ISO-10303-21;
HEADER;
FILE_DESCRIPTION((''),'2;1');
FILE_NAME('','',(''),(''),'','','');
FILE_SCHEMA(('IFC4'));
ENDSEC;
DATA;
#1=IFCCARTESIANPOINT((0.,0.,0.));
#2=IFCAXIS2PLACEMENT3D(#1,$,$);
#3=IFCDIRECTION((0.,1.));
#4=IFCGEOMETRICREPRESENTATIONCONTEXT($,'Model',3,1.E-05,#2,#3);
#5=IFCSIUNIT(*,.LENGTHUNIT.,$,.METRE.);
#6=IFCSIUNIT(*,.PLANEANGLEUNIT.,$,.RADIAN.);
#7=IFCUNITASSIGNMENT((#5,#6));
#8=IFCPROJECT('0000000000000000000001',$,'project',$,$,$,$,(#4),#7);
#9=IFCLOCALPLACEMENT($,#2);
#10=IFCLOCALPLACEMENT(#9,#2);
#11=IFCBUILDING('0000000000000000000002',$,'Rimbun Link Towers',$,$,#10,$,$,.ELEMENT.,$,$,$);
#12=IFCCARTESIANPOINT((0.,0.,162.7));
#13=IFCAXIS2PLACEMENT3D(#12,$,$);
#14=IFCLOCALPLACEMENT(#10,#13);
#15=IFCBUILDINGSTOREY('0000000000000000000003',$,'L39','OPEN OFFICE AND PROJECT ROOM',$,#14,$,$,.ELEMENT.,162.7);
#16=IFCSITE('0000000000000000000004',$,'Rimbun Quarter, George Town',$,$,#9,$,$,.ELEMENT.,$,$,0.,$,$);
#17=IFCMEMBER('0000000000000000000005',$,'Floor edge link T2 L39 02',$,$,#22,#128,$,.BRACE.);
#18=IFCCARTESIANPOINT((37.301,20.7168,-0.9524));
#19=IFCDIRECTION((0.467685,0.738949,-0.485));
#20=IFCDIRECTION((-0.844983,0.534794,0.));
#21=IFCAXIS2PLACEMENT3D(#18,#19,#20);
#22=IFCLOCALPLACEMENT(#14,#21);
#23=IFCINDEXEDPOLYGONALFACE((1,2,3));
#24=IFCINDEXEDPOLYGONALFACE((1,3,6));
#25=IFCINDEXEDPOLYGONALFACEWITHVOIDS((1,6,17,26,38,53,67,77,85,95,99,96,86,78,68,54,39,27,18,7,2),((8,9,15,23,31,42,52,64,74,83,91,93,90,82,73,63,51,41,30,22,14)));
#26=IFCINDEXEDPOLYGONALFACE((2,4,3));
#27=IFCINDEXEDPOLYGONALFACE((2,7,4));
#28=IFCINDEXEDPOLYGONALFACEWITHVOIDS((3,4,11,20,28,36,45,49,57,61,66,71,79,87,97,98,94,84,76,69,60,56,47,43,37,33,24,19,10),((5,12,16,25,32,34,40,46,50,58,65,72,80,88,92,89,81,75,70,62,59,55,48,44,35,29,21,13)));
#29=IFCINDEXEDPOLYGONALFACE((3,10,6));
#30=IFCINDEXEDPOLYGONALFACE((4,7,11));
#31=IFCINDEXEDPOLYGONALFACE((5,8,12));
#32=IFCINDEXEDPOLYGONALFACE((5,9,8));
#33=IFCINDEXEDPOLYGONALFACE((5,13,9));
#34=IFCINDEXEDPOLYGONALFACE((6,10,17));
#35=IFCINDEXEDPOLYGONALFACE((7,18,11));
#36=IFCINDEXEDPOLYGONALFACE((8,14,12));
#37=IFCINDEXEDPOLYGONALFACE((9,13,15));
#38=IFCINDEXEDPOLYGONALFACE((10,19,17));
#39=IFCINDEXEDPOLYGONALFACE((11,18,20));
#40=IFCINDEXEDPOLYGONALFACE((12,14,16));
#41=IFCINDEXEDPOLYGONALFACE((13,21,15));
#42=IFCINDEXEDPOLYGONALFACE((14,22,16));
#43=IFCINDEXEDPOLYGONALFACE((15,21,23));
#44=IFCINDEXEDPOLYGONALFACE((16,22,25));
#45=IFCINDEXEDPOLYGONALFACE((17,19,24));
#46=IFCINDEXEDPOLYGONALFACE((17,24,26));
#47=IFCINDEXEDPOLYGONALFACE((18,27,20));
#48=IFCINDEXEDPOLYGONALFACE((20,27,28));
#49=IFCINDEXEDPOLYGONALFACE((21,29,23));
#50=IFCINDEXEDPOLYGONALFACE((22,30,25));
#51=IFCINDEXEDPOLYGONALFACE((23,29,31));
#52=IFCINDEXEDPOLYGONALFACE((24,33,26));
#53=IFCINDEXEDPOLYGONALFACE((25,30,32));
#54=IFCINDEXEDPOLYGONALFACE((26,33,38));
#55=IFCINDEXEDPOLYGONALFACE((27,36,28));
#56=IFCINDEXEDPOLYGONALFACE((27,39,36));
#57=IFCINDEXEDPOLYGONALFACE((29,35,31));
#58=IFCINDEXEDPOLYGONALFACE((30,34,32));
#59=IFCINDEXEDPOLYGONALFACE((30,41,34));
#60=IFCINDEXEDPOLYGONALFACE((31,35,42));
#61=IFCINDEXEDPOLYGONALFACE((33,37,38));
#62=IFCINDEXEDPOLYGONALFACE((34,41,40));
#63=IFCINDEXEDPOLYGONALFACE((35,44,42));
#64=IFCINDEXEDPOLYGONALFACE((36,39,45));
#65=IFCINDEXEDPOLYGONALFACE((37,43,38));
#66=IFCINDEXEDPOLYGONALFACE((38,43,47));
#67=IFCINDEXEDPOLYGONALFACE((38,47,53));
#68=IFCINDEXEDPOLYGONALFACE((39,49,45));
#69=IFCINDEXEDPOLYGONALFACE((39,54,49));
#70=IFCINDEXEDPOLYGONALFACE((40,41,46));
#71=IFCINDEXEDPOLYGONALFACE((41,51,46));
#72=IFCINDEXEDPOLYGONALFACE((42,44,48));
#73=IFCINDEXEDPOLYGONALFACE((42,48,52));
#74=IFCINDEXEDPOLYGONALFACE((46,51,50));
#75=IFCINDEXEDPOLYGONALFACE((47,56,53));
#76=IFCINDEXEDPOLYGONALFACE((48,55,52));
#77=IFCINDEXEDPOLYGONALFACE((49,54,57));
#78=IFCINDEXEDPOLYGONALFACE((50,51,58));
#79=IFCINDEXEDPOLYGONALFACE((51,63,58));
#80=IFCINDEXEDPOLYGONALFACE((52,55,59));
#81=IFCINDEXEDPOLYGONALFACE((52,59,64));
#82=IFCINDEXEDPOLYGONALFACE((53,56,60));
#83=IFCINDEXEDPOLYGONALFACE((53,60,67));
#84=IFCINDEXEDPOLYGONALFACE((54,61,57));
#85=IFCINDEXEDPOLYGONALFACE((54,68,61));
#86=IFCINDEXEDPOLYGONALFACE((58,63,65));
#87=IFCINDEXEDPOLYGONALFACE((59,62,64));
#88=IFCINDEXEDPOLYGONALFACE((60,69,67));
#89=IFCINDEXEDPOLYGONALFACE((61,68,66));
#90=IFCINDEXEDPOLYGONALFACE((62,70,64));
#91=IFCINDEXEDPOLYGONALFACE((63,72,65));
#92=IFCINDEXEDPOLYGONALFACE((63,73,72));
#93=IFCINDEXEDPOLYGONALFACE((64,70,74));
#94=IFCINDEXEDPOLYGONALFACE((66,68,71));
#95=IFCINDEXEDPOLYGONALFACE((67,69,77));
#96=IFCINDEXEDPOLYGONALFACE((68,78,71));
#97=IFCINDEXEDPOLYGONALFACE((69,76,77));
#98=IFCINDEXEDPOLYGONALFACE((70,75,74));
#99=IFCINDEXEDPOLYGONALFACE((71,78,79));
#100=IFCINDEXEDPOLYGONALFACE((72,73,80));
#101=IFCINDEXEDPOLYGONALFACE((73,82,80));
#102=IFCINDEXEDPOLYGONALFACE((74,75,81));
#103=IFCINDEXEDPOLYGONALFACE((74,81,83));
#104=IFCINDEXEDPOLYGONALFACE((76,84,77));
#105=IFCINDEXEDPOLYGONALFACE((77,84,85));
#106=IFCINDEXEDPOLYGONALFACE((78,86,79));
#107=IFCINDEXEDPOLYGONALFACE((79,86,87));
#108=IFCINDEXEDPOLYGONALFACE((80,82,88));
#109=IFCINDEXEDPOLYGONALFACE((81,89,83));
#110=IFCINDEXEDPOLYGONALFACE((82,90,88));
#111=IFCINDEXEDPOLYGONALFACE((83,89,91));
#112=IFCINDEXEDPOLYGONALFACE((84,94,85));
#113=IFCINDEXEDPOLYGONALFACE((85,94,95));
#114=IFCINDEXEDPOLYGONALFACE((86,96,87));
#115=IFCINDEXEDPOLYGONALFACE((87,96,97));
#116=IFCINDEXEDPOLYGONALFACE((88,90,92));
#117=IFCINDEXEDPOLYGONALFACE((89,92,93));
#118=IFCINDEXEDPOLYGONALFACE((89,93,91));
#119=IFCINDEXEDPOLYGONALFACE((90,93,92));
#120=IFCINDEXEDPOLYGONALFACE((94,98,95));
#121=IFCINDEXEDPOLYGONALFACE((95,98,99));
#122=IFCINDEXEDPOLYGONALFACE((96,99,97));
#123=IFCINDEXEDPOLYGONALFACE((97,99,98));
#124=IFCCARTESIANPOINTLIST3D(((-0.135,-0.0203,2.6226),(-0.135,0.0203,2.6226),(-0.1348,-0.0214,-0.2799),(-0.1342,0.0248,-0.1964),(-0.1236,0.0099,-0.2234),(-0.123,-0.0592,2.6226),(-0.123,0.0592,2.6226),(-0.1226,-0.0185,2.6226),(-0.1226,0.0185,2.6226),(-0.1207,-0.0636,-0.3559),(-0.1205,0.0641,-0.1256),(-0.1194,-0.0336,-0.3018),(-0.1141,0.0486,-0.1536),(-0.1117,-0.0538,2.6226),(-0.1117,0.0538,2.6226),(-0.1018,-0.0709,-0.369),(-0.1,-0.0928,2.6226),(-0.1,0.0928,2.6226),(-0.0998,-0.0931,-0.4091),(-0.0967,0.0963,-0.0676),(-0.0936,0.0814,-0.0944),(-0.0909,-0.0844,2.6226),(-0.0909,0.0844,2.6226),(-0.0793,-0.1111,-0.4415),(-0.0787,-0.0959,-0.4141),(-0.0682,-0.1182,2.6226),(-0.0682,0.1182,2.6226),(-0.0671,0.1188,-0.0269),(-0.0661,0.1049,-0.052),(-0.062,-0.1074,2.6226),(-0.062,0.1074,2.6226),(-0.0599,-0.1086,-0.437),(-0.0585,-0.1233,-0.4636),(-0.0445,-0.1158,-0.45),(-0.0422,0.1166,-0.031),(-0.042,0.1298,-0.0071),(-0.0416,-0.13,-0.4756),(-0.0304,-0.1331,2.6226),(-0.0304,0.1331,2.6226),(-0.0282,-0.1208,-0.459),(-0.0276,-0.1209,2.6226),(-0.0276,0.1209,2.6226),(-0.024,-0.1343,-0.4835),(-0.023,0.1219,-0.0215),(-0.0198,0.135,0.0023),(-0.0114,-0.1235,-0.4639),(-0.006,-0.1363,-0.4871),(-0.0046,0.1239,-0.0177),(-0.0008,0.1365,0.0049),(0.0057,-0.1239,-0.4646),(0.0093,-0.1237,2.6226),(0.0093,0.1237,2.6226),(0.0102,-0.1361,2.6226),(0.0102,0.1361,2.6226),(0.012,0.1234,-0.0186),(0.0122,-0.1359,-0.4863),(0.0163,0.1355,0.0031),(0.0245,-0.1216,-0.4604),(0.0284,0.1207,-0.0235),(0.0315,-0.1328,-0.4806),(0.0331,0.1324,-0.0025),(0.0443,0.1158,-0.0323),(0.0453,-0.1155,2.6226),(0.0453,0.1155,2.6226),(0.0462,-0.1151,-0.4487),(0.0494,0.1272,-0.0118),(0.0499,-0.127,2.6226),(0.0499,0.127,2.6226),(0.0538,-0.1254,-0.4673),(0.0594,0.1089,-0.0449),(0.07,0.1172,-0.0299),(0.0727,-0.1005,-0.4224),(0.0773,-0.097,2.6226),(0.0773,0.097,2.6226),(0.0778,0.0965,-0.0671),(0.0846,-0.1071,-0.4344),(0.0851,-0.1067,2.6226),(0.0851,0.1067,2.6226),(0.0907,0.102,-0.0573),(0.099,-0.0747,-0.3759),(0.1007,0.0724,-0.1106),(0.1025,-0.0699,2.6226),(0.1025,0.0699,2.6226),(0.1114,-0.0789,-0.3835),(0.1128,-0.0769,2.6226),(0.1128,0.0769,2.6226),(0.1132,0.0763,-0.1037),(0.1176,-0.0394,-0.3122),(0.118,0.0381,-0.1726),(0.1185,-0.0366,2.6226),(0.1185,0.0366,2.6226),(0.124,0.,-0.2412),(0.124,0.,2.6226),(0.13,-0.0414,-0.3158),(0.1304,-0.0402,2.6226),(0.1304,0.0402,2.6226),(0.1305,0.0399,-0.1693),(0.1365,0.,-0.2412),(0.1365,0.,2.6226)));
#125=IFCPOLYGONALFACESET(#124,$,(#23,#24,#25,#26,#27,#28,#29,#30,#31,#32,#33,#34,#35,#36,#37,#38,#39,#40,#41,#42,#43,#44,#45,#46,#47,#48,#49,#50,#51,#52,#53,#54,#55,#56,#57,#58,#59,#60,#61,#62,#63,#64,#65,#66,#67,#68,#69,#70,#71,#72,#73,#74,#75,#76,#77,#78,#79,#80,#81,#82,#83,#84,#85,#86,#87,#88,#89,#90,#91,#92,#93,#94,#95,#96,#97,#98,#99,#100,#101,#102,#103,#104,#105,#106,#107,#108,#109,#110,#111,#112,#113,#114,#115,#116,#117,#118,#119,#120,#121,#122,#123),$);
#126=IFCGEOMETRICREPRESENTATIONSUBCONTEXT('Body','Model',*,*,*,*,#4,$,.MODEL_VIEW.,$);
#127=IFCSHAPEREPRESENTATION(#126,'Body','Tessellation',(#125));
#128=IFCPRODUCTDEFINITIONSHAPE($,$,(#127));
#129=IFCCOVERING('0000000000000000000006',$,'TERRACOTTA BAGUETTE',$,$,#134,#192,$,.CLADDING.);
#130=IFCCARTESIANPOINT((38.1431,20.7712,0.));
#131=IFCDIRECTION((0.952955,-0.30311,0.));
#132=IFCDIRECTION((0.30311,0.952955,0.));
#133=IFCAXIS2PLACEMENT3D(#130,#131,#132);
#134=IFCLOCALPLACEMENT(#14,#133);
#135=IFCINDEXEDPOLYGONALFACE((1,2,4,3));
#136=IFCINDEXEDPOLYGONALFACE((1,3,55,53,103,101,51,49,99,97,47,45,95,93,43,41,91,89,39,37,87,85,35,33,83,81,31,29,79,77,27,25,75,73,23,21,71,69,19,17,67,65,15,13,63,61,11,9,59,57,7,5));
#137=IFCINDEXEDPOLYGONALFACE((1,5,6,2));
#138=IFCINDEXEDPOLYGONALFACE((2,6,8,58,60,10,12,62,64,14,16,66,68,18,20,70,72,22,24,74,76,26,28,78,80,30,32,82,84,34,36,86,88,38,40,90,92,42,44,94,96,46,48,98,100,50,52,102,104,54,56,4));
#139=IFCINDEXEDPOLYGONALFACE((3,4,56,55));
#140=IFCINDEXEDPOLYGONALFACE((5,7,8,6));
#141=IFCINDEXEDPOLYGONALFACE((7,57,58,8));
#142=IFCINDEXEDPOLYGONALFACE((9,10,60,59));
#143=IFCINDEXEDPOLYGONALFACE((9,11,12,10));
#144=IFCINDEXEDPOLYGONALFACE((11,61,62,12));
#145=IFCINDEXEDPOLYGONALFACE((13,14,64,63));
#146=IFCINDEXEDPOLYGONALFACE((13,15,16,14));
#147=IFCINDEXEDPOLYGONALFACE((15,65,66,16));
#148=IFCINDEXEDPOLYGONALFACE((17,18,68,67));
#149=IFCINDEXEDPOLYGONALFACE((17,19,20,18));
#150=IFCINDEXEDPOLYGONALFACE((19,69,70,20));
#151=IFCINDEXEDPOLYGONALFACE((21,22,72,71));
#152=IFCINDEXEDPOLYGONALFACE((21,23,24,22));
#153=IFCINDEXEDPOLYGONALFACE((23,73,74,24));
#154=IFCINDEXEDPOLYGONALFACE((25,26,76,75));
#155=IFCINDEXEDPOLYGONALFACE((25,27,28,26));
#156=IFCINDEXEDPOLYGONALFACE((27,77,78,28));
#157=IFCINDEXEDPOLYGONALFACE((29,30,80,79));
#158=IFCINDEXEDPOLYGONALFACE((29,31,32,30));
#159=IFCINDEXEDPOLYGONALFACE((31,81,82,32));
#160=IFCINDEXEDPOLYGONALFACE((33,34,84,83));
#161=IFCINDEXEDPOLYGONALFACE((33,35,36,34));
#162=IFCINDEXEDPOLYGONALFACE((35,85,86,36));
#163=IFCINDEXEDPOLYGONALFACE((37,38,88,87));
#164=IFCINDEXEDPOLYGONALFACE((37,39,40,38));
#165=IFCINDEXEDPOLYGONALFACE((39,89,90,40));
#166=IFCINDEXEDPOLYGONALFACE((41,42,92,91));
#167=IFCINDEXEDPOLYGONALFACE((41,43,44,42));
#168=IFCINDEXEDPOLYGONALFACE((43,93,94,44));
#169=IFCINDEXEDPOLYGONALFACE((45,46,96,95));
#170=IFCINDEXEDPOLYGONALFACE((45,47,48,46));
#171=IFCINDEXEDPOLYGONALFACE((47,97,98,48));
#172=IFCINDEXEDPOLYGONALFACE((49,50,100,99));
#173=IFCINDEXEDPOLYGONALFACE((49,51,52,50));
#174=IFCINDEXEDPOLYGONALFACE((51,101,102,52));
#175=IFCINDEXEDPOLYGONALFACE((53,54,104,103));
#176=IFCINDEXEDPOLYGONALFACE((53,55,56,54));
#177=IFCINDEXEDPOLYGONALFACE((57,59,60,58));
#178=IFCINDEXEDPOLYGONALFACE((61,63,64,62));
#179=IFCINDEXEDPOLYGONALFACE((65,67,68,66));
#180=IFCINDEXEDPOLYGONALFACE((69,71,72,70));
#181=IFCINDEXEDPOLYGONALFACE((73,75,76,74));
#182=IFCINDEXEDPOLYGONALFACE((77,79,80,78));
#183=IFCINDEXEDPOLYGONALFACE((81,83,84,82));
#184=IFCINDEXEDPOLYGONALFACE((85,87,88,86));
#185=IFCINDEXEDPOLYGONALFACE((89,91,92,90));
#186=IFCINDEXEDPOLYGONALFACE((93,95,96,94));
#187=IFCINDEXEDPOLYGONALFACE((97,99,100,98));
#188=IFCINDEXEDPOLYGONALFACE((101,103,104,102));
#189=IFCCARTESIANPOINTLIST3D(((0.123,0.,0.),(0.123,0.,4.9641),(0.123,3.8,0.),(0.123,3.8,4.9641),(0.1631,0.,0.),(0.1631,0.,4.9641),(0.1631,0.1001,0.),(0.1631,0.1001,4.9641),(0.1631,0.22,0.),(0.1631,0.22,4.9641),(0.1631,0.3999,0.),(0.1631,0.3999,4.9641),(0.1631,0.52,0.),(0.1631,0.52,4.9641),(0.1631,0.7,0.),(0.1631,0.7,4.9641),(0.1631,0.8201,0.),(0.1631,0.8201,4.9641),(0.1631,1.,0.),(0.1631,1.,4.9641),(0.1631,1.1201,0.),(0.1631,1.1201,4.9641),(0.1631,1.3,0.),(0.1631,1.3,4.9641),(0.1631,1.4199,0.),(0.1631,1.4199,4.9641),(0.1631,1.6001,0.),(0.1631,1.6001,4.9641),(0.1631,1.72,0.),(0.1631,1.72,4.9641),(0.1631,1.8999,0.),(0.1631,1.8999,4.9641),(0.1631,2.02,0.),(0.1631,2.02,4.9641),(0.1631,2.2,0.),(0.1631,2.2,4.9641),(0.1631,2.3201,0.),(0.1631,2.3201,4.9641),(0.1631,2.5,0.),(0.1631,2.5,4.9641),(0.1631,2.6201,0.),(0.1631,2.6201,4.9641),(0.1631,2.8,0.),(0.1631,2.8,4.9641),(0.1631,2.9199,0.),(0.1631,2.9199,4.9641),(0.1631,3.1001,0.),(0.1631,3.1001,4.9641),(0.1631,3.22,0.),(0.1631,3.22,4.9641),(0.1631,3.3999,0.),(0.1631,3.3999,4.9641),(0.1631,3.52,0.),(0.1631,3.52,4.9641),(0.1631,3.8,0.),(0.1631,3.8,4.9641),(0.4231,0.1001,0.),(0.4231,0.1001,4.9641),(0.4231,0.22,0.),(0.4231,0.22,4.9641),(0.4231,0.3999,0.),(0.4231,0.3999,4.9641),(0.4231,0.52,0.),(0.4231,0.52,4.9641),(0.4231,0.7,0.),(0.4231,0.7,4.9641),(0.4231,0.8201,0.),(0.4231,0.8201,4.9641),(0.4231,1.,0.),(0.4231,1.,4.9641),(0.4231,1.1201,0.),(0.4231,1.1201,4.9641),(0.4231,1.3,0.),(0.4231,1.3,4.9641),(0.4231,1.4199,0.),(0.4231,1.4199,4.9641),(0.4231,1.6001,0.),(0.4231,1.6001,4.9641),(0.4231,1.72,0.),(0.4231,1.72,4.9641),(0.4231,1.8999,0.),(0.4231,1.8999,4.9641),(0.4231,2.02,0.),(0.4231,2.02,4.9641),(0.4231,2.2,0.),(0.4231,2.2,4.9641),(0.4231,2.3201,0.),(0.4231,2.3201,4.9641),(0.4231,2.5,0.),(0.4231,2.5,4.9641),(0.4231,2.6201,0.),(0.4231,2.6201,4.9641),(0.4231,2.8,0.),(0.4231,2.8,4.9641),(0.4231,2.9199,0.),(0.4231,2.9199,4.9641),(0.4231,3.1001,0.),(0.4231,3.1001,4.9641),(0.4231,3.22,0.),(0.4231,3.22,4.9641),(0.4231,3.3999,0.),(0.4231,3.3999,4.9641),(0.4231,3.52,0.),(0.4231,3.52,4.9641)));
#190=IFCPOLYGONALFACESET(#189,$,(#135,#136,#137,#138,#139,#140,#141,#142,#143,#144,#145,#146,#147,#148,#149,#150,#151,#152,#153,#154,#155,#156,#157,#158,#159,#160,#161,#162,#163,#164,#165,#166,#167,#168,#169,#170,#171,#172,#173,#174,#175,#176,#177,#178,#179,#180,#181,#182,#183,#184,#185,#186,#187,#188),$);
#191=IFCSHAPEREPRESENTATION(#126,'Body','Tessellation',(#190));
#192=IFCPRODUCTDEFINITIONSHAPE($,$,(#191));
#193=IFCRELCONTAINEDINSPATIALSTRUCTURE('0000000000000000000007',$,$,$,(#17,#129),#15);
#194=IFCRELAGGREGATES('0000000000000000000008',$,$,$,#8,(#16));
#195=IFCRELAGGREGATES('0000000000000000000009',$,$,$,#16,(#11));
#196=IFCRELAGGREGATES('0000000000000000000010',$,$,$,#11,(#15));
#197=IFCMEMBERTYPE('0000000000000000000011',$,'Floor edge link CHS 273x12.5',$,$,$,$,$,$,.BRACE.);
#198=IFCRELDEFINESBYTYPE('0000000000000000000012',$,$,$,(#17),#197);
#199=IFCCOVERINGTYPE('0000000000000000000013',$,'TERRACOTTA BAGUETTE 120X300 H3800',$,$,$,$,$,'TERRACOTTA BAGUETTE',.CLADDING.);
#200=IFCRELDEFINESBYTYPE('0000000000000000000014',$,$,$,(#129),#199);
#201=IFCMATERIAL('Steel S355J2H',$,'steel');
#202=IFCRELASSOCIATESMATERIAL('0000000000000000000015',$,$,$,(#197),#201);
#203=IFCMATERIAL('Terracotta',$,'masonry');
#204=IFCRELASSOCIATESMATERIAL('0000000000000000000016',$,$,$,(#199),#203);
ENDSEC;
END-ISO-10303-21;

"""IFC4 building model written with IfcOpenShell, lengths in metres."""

from ifc_helpers import new_model, si_unit, direction, frame, origin, origin_2d, place, context, subcontext, project, spatial, polyline, hollow_circle, outline, extrude, clip, halfspace, material, material_profile, profile_set, type_object, element, save


model = new_model("IFC4")

# Units and contexts
model_context = context("Model", 3, precision=1e-05, world=origin(), true_north=direction((0.0, 1.0)))
body_context = subcontext(model_context, "Body", "Model", "MODEL_VIEW")
ifc_project = project(units=[si_unit("LENGTHUNIT", "METRE"), si_unit("PLANEANGLEUNIT", "RADIAN")], contexts=[model_context])

# Site, building, storey
site_placement = place(None, origin())
site = spatial("IfcSite", under=ifc_project, at=site_placement, Name="Rimbun Quarter, George Town", CompositionType="ELEMENT", RefElevation=0.0)
building_placement = place(site_placement, origin())
building = spatial("IfcBuilding", under=site, at=building_placement, Name="Rimbun Link Towers", CompositionType="ELEMENT")
storey_placement = place(building_placement, frame((0.0, 0.0, 162.7)))
storey = spatial("IfcBuildingStorey", under=building, at=storey_placement, Name="L39", Description="OPEN OFFICE AND PROJECT ROOM", CompositionType="ELEMENT", Elevation=162.7)

# Member
ifc_material_1 = material(Name="Steel S355J2H", Category="steel")
ifc_material_profile_1 = material_profile(ifc_material_1, hollow_circle(Radius=0.1365, WallThickness=0.0125, at=origin_2d()), Name="CHS 273x12.5")
ifc_profile_set_1 = profile_set([ifc_material_profile_1], Name="Steel S355J2H")
member_type_1 = type_object("IfcMemberType", Name="Floor edge link CHS 273x12.5", PredefinedType="BRACE", material=ifc_profile_set_1)
member_1_placement = place(storey_placement, frame((37.301, 20.7168, -0.9524), z_axis=(0.467685, 0.738949, -0.485), x_axis=(-0.844983, 0.534794, 0.0)))
element("IfcMember", 1, at=member_1_placement, inside=storey, type_object=member_type_1, Name="Floor edge link T2 L39 02", PredefinedType="BRACE", context=body_context, shape_type="Clipping", body=[
    clip(extrude(hollow_circle(Radius=0.1365, WallThickness=0.0125, at=origin_2d()), frame((0.0, 0.0, -0.5129)), (0.0, 0.0, 1.0), 3.1355), halfspace(frame((0.0, 0.0, -0.2412), z_axis=(0.0, 0.874514, -0.485)), False)),
])

# Covering
ifc_material_2 = material(Name="Terracotta", Category="masonry")
ifc_material_profile_2 = material_profile(ifc_material_2, outline(polyline([(0.123, 0.0), (0.1631, 0.0), (0.1631, 0.1001), (0.4231, 0.1001), (0.4231, 0.22), (0.1631, 0.22), (0.1631, 0.3999), (0.4231, 0.3999), (0.4231, 0.52), (0.1631, 0.52), (0.1631, 0.7), (0.4231, 0.7), (0.4231, 0.8201), (0.1631, 0.8201), (0.1631, 1.0), (0.4231, 1.0), (0.4231, 1.1201), (0.1631, 1.1201), (0.1631, 1.3), (0.4231, 1.3), (0.4231, 1.4199), (0.1631, 1.4199), (0.1631, 1.6001), (0.4231, 1.6001), (0.4231, 1.72), (0.1631, 1.72), (0.1631, 1.8999), (0.4231, 1.8999), (0.4231, 2.02), (0.1631, 2.02), (0.1631, 2.2), (0.4231, 2.2), (0.4231, 2.3201), (0.1631, 2.3201), (0.1631, 2.5), (0.4231, 2.5), (0.4231, 2.6201), (0.1631, 2.6201), (0.1631, 2.8), (0.4231, 2.8), (0.4231, 2.9199), (0.1631, 2.9199), (0.1631, 3.1001), (0.4231, 3.1001), (0.4231, 3.22), (0.1631, 3.22), (0.1631, 3.3999), (0.4231, 3.3999), (0.4231, 3.52), (0.1631, 3.52), (0.1631, 3.8), (0.123, 3.8), (0.123, 0.0)])), Name="BAGUETTE 120X300")
ifc_profile_set_2 = profile_set([ifc_material_profile_2], Name="Terracotta")
covering_type = type_object("IfcCoveringType", Name="TERRACOTTA BAGUETTE 120X300 H3800", ElementType="TERRACOTTA BAGUETTE", PredefinedType="CLADDING", material=ifc_profile_set_2)
covering_1_placement = place(storey_placement, frame((38.1431, 20.7712, 0.0), z_axis=(0.952955, -0.30311, 0.0), x_axis=(0.30311, 0.952955, 0.0)))
element("IfcCovering", 2, at=covering_1_placement, inside=storey, type_object=covering_type, Name="TERRACOTTA BAGUETTE", PredefinedType="CLADDING", context=body_context, shape_type="SweptSolid", body=[
    extrude(outline(polyline([(0.123, 0.0), (0.1631, 0.0), (0.1631, 0.1001), (0.4231, 0.1001), (0.4231, 0.22), (0.1631, 0.22), (0.1631, 0.3999), (0.4231, 0.3999), (0.4231, 0.52), (0.1631, 0.52), (0.1631, 0.7), (0.4231, 0.7), (0.4231, 0.8201), (0.1631, 0.8201), (0.1631, 1.0), (0.4231, 1.0), (0.4231, 1.1201), (0.1631, 1.1201), (0.1631, 1.3), (0.4231, 1.3), (0.4231, 1.4199), (0.1631, 1.4199), (0.1631, 1.6001), (0.4231, 1.6001), (0.4231, 1.72), (0.1631, 1.72), (0.1631, 1.8999), (0.4231, 1.8999), (0.4231, 2.02), (0.1631, 2.02), (0.1631, 2.2), (0.4231, 2.2), (0.4231, 2.3201), (0.1631, 2.3201), (0.1631, 2.5), (0.4231, 2.5), (0.4231, 2.6201), (0.1631, 2.6201), (0.1631, 2.8), (0.4231, 2.8), (0.4231, 2.9199), (0.1631, 2.9199), (0.1631, 3.1001), (0.4231, 3.1001), (0.4231, 3.22), (0.1631, 3.22), (0.1631, 3.3999), (0.4231, 3.3999), (0.4231, 3.52), (0.1631, 3.52), (0.1631, 3.8), (0.123, 3.8), (0.123, 0.0)])), origin(), (0.0, 0.0, 1.0), 4.9641),
])

save(model, "model.ifc")
